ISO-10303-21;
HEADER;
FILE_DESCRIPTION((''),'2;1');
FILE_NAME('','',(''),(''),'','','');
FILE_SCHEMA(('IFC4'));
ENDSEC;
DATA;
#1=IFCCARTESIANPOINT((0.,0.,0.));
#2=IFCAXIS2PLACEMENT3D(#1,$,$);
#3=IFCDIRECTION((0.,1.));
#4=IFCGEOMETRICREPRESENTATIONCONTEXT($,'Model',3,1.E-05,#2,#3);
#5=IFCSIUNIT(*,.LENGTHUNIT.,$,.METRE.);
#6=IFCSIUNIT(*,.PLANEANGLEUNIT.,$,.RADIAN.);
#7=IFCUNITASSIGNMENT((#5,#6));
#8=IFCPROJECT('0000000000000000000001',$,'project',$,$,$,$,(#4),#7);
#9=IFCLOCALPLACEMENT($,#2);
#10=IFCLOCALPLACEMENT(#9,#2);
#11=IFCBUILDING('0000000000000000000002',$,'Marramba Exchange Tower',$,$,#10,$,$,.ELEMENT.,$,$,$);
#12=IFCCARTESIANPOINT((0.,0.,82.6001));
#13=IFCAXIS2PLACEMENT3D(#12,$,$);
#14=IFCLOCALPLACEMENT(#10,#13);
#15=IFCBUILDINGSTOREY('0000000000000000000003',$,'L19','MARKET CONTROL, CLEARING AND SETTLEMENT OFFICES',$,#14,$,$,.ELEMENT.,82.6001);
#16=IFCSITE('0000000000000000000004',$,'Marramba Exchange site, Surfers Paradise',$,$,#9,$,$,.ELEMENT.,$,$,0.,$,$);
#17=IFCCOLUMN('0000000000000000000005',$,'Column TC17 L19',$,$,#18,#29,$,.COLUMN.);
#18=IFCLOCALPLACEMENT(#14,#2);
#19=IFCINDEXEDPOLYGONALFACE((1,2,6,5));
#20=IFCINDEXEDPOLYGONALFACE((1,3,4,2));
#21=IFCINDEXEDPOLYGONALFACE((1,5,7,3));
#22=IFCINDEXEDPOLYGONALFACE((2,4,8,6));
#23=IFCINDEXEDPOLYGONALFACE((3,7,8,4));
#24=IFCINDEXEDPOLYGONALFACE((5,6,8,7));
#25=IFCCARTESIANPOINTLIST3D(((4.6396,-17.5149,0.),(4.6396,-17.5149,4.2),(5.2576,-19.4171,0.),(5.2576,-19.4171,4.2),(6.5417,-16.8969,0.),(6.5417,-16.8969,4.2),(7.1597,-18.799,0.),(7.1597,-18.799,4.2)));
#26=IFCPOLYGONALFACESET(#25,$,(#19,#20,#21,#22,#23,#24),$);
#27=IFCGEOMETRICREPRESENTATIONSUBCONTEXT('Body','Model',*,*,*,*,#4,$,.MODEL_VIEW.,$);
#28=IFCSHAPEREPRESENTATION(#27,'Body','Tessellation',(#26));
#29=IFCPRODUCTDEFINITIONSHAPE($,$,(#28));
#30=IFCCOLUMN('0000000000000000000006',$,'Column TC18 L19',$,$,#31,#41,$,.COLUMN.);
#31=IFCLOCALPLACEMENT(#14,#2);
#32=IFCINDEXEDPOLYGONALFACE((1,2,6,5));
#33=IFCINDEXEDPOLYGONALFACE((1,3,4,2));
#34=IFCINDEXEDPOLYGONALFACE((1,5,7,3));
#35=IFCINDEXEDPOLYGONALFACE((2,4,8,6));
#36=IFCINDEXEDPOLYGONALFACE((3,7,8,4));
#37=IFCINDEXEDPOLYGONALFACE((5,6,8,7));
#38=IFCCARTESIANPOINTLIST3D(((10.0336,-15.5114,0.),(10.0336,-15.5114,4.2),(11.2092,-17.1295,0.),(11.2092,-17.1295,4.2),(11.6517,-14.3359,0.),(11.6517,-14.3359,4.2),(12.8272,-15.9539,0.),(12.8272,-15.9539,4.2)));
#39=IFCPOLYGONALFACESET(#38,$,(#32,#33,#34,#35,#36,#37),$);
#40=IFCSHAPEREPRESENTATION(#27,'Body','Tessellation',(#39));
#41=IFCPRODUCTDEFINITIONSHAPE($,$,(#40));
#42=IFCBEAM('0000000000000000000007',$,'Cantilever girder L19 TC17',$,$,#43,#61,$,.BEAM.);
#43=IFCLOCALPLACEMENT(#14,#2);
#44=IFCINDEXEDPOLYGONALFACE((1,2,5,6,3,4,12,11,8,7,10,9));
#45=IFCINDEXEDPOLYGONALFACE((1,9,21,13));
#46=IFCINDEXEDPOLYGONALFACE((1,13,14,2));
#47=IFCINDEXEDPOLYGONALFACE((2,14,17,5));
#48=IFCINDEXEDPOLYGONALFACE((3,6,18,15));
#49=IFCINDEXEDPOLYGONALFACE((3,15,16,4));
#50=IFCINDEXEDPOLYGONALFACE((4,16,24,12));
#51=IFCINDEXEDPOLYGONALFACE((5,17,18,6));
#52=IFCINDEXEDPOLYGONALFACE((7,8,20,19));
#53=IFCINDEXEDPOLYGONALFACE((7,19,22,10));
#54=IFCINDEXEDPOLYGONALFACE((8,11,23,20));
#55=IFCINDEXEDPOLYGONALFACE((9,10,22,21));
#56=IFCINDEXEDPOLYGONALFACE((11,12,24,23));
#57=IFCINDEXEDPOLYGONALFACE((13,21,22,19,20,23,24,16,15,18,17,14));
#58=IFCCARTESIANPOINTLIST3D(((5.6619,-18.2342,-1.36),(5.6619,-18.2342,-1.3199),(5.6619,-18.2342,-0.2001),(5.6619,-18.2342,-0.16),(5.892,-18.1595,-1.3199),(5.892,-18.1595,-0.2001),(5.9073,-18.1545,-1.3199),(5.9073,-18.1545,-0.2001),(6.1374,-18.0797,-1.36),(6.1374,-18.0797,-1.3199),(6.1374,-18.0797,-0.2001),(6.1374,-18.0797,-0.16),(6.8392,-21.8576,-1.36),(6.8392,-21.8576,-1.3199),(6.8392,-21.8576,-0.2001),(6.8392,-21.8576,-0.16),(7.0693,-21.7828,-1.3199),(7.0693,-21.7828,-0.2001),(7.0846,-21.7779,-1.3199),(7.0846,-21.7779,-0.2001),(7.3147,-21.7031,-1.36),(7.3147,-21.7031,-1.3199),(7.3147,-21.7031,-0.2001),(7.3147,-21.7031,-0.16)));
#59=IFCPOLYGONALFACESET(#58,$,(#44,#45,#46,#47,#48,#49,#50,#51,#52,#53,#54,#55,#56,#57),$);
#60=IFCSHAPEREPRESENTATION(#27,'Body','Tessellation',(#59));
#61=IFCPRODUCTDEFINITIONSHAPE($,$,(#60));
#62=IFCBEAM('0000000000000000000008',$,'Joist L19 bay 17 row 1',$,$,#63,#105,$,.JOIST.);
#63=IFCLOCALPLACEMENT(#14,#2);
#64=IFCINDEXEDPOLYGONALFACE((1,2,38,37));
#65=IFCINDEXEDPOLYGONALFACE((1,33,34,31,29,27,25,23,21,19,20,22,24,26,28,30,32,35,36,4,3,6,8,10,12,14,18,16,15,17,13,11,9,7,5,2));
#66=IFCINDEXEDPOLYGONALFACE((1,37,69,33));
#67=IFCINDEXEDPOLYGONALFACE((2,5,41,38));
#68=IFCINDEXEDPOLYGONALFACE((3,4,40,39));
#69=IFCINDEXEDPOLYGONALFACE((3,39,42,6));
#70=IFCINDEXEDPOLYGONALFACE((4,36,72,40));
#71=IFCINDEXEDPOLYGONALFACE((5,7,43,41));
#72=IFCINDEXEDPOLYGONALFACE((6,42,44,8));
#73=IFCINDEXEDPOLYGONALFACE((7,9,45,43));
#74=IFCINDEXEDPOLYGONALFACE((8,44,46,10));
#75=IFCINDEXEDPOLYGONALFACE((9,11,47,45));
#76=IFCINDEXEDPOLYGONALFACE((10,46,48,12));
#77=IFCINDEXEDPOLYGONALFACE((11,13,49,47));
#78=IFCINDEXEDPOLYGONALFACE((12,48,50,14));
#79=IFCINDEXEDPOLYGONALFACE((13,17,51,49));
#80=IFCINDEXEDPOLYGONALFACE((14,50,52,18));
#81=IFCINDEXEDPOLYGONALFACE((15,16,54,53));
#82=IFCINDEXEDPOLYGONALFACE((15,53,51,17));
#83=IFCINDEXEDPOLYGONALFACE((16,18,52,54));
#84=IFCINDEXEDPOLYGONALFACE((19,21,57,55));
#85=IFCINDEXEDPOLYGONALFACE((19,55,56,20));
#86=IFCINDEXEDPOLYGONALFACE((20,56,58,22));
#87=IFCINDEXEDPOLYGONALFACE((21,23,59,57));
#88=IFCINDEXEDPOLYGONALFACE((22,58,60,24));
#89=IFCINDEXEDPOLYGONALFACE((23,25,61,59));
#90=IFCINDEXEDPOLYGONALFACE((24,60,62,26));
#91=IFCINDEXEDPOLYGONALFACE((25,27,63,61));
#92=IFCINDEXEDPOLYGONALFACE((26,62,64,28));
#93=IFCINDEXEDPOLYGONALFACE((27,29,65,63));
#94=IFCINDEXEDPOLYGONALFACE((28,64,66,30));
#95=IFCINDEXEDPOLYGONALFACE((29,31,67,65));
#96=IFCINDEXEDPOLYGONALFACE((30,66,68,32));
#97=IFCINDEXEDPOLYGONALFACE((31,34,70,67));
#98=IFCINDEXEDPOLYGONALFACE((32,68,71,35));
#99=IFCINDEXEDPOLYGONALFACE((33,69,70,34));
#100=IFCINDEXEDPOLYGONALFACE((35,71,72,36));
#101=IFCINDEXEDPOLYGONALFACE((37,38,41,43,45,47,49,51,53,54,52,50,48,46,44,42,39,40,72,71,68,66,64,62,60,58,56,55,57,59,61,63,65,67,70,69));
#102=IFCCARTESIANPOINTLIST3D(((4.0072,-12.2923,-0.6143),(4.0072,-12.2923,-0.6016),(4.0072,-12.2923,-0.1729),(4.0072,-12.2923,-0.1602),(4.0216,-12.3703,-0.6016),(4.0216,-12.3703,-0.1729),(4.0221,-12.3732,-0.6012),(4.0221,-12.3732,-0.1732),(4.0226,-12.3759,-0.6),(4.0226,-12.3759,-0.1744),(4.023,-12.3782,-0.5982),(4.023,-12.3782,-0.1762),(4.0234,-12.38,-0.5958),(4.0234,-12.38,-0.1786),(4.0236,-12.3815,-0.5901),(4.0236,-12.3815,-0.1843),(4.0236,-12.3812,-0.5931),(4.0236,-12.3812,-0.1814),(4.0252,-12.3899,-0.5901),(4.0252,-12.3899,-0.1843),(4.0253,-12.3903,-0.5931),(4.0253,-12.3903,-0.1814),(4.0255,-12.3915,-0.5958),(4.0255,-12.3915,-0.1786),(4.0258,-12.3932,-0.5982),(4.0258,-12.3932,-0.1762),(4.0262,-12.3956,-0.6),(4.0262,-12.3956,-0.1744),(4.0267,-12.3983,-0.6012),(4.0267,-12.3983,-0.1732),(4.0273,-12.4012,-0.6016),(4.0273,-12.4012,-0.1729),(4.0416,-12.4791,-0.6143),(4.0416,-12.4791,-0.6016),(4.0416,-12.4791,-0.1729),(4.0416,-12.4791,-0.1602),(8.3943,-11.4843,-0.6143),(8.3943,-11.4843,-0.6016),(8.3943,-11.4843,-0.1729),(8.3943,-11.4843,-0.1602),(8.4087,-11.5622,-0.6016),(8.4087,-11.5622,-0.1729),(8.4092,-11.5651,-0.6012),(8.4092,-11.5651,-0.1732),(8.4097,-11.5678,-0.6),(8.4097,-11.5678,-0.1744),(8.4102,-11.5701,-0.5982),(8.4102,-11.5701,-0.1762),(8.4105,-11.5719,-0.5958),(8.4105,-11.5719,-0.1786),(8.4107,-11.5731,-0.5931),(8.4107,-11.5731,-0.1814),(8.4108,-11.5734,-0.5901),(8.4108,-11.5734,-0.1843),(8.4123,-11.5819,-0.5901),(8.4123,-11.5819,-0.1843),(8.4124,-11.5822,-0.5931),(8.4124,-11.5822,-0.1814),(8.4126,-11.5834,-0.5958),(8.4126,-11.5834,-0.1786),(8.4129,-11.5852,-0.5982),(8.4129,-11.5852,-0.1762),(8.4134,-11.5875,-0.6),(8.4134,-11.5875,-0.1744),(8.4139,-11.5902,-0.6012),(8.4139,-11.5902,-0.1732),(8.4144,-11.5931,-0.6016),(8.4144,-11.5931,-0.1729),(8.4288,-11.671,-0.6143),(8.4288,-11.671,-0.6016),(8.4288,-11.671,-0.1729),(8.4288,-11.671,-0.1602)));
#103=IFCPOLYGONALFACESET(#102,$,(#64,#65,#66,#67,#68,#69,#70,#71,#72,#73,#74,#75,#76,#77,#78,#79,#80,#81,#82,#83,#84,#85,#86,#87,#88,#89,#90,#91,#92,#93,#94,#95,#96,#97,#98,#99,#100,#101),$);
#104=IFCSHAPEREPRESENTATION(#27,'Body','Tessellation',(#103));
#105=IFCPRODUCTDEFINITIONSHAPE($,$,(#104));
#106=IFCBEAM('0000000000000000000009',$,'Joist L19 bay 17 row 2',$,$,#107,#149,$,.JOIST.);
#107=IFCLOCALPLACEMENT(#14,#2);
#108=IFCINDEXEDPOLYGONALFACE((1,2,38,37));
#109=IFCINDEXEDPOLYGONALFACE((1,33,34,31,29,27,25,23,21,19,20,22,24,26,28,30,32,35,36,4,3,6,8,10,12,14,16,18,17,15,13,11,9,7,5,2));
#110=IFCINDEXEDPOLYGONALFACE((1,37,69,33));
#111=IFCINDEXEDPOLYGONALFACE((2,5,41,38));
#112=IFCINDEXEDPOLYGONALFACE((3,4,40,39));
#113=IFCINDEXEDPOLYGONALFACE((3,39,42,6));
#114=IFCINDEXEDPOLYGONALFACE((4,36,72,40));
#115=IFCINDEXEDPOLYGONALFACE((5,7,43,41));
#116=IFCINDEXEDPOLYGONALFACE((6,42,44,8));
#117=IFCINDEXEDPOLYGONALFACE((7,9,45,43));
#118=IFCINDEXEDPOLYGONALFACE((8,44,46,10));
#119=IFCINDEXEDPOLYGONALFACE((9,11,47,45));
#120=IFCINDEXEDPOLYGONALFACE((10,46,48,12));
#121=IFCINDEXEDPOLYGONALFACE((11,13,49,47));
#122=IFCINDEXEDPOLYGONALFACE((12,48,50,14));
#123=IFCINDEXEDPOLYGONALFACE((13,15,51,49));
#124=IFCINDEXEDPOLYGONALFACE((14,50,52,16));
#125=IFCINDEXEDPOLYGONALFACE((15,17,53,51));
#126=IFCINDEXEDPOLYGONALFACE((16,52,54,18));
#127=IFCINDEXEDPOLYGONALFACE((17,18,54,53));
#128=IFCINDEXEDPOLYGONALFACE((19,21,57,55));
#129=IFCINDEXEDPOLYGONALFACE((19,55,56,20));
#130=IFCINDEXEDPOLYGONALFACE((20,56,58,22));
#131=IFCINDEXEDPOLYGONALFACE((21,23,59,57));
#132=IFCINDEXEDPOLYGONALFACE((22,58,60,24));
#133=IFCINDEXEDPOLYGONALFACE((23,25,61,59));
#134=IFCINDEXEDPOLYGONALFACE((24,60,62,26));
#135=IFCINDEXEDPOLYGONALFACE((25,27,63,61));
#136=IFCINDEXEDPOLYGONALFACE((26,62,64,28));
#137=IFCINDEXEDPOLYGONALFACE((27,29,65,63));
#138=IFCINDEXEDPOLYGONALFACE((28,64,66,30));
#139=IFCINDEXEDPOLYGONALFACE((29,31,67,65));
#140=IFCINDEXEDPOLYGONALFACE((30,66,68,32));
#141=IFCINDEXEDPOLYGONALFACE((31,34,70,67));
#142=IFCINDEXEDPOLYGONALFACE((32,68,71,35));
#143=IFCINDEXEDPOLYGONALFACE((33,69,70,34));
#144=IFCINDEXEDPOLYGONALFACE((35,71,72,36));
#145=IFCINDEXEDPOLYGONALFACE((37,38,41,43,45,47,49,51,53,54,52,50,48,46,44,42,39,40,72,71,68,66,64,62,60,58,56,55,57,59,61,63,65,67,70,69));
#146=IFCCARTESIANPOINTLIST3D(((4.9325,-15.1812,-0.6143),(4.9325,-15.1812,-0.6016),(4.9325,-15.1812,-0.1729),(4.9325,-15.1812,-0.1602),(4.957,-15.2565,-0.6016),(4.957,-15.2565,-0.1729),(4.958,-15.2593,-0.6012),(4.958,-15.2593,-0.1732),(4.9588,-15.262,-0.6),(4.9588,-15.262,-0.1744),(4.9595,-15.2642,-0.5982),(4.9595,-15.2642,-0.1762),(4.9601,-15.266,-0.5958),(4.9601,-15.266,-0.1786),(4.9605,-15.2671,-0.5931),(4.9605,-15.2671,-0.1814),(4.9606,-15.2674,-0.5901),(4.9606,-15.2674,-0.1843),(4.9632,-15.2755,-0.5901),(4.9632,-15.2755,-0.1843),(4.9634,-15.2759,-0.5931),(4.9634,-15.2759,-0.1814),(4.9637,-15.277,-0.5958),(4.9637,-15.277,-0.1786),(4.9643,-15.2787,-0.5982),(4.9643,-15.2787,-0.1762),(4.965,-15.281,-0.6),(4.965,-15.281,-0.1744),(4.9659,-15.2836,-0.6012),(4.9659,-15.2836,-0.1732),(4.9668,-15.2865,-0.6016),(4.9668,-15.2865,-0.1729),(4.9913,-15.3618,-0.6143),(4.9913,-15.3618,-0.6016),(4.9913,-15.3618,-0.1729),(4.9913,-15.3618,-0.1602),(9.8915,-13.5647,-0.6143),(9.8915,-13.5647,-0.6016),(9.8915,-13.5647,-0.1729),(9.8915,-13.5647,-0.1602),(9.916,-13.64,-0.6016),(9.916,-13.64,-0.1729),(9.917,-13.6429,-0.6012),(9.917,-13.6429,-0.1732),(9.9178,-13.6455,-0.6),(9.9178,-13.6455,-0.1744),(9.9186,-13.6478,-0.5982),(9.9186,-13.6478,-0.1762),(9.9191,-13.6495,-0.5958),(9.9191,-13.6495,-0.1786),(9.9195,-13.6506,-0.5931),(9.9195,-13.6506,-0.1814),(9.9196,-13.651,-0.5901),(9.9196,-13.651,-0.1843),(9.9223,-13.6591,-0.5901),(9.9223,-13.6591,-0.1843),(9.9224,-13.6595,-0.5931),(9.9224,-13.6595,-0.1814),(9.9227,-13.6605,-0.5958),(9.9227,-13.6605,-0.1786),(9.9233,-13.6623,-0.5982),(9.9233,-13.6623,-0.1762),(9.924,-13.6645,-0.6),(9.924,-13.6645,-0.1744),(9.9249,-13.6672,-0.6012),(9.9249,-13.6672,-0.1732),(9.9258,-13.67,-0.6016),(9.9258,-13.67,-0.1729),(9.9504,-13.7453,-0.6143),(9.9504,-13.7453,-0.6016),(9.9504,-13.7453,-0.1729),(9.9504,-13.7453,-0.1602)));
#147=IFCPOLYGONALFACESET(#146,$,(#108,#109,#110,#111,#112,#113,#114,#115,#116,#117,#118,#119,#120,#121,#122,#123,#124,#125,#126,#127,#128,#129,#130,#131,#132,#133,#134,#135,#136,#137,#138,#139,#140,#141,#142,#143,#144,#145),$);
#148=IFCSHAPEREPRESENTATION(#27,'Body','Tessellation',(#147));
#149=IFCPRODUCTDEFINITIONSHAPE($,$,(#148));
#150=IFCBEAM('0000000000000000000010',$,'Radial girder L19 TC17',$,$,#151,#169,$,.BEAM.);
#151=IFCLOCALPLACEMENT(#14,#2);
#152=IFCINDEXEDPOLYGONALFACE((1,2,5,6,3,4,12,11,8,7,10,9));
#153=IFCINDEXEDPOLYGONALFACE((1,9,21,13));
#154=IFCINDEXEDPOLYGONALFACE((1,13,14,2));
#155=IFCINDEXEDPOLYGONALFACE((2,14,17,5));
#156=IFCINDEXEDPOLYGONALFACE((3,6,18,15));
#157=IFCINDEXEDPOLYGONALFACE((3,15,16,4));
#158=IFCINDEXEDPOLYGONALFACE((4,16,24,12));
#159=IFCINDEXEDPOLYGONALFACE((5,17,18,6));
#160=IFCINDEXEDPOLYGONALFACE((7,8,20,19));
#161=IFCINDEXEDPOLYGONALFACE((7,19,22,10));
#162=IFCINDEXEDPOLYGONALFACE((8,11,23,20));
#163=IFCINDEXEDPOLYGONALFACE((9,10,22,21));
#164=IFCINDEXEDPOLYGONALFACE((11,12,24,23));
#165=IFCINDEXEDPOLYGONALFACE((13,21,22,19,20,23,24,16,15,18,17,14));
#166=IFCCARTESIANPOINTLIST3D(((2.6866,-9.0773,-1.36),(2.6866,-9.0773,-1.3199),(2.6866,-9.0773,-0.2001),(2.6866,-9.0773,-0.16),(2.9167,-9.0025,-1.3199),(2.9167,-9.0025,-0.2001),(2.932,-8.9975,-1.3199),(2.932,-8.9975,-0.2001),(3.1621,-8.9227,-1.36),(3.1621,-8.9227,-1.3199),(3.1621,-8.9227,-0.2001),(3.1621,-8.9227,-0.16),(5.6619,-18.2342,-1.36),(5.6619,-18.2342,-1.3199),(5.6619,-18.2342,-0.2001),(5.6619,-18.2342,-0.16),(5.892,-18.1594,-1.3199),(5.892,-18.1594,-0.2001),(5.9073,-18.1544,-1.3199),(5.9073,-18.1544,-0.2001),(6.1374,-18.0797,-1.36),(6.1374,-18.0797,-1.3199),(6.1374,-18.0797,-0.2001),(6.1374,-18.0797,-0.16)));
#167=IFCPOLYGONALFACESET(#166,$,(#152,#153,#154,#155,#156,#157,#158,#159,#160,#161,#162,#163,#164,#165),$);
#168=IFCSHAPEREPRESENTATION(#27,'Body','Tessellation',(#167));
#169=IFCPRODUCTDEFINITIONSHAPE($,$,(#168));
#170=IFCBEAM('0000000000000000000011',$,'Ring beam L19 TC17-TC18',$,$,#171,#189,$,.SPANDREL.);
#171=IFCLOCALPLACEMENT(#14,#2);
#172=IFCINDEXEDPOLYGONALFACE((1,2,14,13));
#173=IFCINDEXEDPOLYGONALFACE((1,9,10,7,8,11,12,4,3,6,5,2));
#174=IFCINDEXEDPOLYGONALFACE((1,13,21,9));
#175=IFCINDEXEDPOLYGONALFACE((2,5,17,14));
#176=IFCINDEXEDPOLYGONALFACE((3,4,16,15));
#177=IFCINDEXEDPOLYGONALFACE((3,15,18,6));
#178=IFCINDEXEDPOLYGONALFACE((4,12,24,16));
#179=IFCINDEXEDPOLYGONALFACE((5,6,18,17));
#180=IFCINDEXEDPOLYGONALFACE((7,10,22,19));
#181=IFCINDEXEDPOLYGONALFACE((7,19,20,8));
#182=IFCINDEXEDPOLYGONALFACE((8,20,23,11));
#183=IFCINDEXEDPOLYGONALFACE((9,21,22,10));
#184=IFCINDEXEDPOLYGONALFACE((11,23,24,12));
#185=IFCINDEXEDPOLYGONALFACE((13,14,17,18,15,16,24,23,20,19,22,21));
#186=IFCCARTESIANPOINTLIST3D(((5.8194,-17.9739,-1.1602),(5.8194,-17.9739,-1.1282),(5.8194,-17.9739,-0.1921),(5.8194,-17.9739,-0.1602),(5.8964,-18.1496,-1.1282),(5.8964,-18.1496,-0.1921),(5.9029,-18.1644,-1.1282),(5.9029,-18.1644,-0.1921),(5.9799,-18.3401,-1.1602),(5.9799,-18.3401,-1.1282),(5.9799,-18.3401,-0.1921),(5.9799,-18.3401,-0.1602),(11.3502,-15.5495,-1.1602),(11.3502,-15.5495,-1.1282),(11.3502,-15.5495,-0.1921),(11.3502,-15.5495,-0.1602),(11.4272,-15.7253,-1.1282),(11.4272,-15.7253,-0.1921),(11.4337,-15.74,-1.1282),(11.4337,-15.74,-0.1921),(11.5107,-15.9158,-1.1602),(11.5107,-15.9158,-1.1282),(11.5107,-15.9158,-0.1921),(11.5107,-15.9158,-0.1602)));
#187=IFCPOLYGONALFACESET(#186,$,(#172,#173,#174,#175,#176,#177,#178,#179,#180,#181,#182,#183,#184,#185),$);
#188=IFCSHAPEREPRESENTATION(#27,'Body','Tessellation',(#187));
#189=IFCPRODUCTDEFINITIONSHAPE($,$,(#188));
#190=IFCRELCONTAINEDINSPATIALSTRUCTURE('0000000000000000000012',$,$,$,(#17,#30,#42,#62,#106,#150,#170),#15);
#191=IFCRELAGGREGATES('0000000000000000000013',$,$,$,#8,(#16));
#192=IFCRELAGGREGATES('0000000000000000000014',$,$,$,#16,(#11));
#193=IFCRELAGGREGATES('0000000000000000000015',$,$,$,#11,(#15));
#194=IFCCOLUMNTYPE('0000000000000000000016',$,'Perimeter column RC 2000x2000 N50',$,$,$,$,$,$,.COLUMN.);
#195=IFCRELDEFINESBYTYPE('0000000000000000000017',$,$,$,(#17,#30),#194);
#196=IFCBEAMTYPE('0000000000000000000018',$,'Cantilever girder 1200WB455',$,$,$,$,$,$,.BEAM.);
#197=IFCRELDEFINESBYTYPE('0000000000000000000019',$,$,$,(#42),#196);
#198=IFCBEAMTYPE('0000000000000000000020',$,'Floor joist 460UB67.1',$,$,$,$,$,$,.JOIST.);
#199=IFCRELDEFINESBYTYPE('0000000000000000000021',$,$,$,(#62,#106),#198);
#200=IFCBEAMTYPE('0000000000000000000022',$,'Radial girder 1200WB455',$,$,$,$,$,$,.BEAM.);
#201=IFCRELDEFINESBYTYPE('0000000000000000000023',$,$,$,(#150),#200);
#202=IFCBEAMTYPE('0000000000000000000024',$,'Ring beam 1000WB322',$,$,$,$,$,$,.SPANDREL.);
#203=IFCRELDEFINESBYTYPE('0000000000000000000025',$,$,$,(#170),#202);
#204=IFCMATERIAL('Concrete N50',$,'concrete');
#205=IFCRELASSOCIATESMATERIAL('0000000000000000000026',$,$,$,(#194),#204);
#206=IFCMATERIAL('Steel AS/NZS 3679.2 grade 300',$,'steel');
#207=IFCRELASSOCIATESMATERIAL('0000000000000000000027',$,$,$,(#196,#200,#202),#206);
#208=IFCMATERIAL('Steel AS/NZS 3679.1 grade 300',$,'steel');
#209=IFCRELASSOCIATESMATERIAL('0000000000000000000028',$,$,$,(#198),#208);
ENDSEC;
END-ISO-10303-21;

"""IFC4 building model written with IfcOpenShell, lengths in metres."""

from ifc_helpers import new_model, si_unit, direction, frame, origin, origin_2d, place, context, subcontext, project, spatial, rectangle, i_section, extrude, material, material_profile, profile_set, type_object, element, save


model = new_model("IFC4")

# Units and contexts
model_context = context("Model", 3, precision=1e-05, world=origin(), true_north=direction((0.0, 1.0)))
body_context = subcontext(model_context, "Body", "Model", "MODEL_VIEW")
ifc_project = project(units=[si_unit("LENGTHUNIT", "METRE"), si_unit("PLANEANGLEUNIT", "RADIAN")], contexts=[model_context])

# Site, building, storey
site_placement = place(None, origin())
site = spatial("IfcSite", under=ifc_project, at=site_placement, Name="Marramba Exchange site, Surfers Paradise", CompositionType="ELEMENT", RefElevation=0.0)
building_placement = place(site_placement, origin())
building = spatial("IfcBuilding", under=site, at=building_placement, Name="Marramba Exchange Tower", CompositionType="ELEMENT")
storey_placement = place(building_placement, frame((0.0, 0.0, 82.6001)))
storey = spatial("IfcBuildingStorey", under=building, at=storey_placement, Name="L19", Description="MARKET CONTROL, CLEARING AND SETTLEMENT OFFICES", CompositionType="ELEMENT", Elevation=82.6001)

# Columns
ifc_material_1 = material(Name="Concrete N50", Category="concrete")
ifc_material_profile_1 = material_profile(ifc_material_1, rectangle(XDim=2.0, YDim=2.0, at=origin_2d()), Name="RC 2000x2000")
ifc_profile_set_1 = profile_set([ifc_material_profile_1], Name="Concrete N50")
column_type = type_object("IfcColumnType", Name="Perimeter column RC 2000x2000 N50", PredefinedType="COLUMN", material=ifc_profile_set_1)
for number, where, z_axis, x_axis, name in (
    (1, (5.8997, -18.157, 0.0), (0.0, 0.0, 1.0), (0.309017, -0.951057, 0.0), "Column TC17 L19"),
    (2, (11.4304, -15.7327, 0.0), (0.0, 0.0, 1.0), (0.587785, -0.809017, 0.0), "Column TC18 L19"),
):
    element("IfcColumn", number, at=place(storey_placement, frame(where, z_axis=z_axis, x_axis=x_axis)), inside=storey, type_object=column_type, Name=name, PredefinedType="COLUMN", context=body_context, shape_type="SweptSolid", body=[
        extrude(rectangle(XDim=2.0, YDim=2.0, at=origin_2d()), origin(), (0.0, 0.0, 1.0), 4.2),
    ])

# Beams
ifc_material_2 = material(Name="Steel AS/NZS 3679.2 grade 300", Category="steel")
ifc_material_profile_2 = material_profile(ifc_material_2, i_section(OverallWidth=0.5, OverallDepth=1.2, WebThickness=0.0161, FlangeThickness=0.04, at=origin_2d()), Name="1200WB455")
ifc_profile_set_2 = profile_set([ifc_material_profile_2], Name="Steel AS/NZS 3679.2 grade 300")
beam_type_1 = type_object("IfcBeamType", Name="Cantilever girder 1200WB455", PredefinedType="BEAM", material=ifc_profile_set_2)
beam_1_placement = place(storey_placement, frame((5.8997, -18.157, -0.76), z_axis=(0.309009, -0.951059, 0.0), x_axis=(0.951059, 0.309009, 0.0)))
element("IfcBeam", 3, at=beam_1_placement, inside=storey, type_object=beam_type_1, Name="Cantilever girder L19 TC17", PredefinedType="BEAM", context=body_context, shape_type="SweptSolid", body=[
    extrude(i_section(OverallWidth=0.5, OverallDepth=1.2, WebThickness=0.0161, FlangeThickness=0.04, at=origin_2d()), origin(), (0.0, 0.0, 1.0), 3.8098),
])
ifc_material_3 = material(Name="Steel AS/NZS 3679.1 grade 300", Category="steel")
ifc_material_profile_3 = material_profile(ifc_material_3, i_section(OverallWidth=0.1899, OverallDepth=0.4541, WebThickness=0.0085, FlangeThickness=0.0127, FilletRadius=0.0115, at=origin_2d()), Name="460UB67.1")
ifc_profile_set_3 = profile_set([ifc_material_profile_3], Name="Steel AS/NZS 3679.1 grade 300")
beam_type_2 = type_object("IfcBeamType", Name="Floor joist 460UB67.1", PredefinedType="JOIST", material=ifc_profile_set_3)
beam_2_placement = place(storey_placement, frame((4.0244, -12.3857, -0.3872), z_axis=(0.983456, 0.181149, 0.0), x_axis=(-0.181149, 0.983456, 0.0)))
element("IfcBeam", 4, at=beam_2_placement, inside=storey, type_object=beam_type_2, Name="Joist L19 bay 17 row 1", PredefinedType="JOIST", context=body_context, shape_type="SweptSolid", body=[
    extrude(i_section(OverallWidth=0.1899, OverallDepth=0.4541, WebThickness=0.0085, FlangeThickness=0.0127, FilletRadius=0.0115, at=origin_2d()), origin(), (0.0, 0.0, 1.0), 4.4609),
])
beam_3_placement = place(storey_placement, frame((4.9619, -15.2715, -0.3872), z_axis=(0.950764, 0.309916, 0.0), x_axis=(-0.309916, 0.950764, 0.0)))
element("IfcBeam", 5, at=beam_3_placement, inside=storey, type_object=beam_type_2, Name="Joist L19 bay 17 row 2", PredefinedType="JOIST", context=body_context, shape_type="SweptSolid", body=[
    extrude(i_section(OverallWidth=0.1899, OverallDepth=0.4541, WebThickness=0.0085, FlangeThickness=0.0127, FilletRadius=0.0115, at=origin_2d()), origin(), (0.0, 0.0, 1.0), 5.2158),
])
ifc_material_profile_4 = material_profile(ifc_material_2, i_section(OverallWidth=0.5, OverallDepth=1.2, WebThickness=0.0161, FlangeThickness=0.04, at=origin_2d()), Name="1200WB455")
ifc_profile_set_4 = profile_set([ifc_material_profile_4], Name="Steel AS/NZS 3679.2 grade 300")
beam_type_3 = type_object("IfcBeamType", Name="Radial girder 1200WB455", PredefinedType="BEAM", material=ifc_profile_set_4)
beam_4_placement = place(storey_placement, frame((2.9243, -9.0, -0.76), z_axis=(0.309022, -0.951055, 0.0), x_axis=(0.951055, 0.309022, 0.0)))
element("IfcBeam", 6, at=beam_4_placement, inside=storey, type_object=beam_type_3, Name="Radial girder L19 TC17", PredefinedType="BEAM", context=body_context, shape_type="SweptSolid", body=[
    extrude(i_section(OverallWidth=0.5, OverallDepth=1.2, WebThickness=0.0161, FlangeThickness=0.04, at=origin_2d()), origin(), (0.0, 0.0, 1.0), 9.6282),
])
ifc_material_profile_5 = material_profile(ifc_material_2, i_section(OverallWidth=0.3999, OverallDepth=1.0, WebThickness=0.0161, FlangeThickness=0.032, at=origin_2d()), Name="1000WB322")
ifc_profile_set_5 = profile_set([ifc_material_profile_5], Name="Steel AS/NZS 3679.2 grade 300")
beam_type_4 = type_object("IfcBeamType", Name="Ring beam 1000WB322", PredefinedType="SPANDREL", material=ifc_profile_set_5)
beam_5_placement = place(storey_placement, frame((5.8997, -18.157, -0.6602), z_axis=(0.915877, 0.401459, 0.0), x_axis=(-0.401459, 0.915877, 0.0)))
element("IfcBeam", 7, at=beam_5_placement, inside=storey, type_object=beam_type_4, Name="Ring beam L19 TC17-TC18", PredefinedType="SPANDREL", context=body_context, shape_type="SweptSolid", body=[
    extrude(i_section(OverallWidth=0.3999, OverallDepth=1.0, WebThickness=0.0161, FlangeThickness=0.032, at=origin_2d()), origin(), (0.0, 0.0, 1.0), 6.0388),
])

save(model, "model.ifc")
